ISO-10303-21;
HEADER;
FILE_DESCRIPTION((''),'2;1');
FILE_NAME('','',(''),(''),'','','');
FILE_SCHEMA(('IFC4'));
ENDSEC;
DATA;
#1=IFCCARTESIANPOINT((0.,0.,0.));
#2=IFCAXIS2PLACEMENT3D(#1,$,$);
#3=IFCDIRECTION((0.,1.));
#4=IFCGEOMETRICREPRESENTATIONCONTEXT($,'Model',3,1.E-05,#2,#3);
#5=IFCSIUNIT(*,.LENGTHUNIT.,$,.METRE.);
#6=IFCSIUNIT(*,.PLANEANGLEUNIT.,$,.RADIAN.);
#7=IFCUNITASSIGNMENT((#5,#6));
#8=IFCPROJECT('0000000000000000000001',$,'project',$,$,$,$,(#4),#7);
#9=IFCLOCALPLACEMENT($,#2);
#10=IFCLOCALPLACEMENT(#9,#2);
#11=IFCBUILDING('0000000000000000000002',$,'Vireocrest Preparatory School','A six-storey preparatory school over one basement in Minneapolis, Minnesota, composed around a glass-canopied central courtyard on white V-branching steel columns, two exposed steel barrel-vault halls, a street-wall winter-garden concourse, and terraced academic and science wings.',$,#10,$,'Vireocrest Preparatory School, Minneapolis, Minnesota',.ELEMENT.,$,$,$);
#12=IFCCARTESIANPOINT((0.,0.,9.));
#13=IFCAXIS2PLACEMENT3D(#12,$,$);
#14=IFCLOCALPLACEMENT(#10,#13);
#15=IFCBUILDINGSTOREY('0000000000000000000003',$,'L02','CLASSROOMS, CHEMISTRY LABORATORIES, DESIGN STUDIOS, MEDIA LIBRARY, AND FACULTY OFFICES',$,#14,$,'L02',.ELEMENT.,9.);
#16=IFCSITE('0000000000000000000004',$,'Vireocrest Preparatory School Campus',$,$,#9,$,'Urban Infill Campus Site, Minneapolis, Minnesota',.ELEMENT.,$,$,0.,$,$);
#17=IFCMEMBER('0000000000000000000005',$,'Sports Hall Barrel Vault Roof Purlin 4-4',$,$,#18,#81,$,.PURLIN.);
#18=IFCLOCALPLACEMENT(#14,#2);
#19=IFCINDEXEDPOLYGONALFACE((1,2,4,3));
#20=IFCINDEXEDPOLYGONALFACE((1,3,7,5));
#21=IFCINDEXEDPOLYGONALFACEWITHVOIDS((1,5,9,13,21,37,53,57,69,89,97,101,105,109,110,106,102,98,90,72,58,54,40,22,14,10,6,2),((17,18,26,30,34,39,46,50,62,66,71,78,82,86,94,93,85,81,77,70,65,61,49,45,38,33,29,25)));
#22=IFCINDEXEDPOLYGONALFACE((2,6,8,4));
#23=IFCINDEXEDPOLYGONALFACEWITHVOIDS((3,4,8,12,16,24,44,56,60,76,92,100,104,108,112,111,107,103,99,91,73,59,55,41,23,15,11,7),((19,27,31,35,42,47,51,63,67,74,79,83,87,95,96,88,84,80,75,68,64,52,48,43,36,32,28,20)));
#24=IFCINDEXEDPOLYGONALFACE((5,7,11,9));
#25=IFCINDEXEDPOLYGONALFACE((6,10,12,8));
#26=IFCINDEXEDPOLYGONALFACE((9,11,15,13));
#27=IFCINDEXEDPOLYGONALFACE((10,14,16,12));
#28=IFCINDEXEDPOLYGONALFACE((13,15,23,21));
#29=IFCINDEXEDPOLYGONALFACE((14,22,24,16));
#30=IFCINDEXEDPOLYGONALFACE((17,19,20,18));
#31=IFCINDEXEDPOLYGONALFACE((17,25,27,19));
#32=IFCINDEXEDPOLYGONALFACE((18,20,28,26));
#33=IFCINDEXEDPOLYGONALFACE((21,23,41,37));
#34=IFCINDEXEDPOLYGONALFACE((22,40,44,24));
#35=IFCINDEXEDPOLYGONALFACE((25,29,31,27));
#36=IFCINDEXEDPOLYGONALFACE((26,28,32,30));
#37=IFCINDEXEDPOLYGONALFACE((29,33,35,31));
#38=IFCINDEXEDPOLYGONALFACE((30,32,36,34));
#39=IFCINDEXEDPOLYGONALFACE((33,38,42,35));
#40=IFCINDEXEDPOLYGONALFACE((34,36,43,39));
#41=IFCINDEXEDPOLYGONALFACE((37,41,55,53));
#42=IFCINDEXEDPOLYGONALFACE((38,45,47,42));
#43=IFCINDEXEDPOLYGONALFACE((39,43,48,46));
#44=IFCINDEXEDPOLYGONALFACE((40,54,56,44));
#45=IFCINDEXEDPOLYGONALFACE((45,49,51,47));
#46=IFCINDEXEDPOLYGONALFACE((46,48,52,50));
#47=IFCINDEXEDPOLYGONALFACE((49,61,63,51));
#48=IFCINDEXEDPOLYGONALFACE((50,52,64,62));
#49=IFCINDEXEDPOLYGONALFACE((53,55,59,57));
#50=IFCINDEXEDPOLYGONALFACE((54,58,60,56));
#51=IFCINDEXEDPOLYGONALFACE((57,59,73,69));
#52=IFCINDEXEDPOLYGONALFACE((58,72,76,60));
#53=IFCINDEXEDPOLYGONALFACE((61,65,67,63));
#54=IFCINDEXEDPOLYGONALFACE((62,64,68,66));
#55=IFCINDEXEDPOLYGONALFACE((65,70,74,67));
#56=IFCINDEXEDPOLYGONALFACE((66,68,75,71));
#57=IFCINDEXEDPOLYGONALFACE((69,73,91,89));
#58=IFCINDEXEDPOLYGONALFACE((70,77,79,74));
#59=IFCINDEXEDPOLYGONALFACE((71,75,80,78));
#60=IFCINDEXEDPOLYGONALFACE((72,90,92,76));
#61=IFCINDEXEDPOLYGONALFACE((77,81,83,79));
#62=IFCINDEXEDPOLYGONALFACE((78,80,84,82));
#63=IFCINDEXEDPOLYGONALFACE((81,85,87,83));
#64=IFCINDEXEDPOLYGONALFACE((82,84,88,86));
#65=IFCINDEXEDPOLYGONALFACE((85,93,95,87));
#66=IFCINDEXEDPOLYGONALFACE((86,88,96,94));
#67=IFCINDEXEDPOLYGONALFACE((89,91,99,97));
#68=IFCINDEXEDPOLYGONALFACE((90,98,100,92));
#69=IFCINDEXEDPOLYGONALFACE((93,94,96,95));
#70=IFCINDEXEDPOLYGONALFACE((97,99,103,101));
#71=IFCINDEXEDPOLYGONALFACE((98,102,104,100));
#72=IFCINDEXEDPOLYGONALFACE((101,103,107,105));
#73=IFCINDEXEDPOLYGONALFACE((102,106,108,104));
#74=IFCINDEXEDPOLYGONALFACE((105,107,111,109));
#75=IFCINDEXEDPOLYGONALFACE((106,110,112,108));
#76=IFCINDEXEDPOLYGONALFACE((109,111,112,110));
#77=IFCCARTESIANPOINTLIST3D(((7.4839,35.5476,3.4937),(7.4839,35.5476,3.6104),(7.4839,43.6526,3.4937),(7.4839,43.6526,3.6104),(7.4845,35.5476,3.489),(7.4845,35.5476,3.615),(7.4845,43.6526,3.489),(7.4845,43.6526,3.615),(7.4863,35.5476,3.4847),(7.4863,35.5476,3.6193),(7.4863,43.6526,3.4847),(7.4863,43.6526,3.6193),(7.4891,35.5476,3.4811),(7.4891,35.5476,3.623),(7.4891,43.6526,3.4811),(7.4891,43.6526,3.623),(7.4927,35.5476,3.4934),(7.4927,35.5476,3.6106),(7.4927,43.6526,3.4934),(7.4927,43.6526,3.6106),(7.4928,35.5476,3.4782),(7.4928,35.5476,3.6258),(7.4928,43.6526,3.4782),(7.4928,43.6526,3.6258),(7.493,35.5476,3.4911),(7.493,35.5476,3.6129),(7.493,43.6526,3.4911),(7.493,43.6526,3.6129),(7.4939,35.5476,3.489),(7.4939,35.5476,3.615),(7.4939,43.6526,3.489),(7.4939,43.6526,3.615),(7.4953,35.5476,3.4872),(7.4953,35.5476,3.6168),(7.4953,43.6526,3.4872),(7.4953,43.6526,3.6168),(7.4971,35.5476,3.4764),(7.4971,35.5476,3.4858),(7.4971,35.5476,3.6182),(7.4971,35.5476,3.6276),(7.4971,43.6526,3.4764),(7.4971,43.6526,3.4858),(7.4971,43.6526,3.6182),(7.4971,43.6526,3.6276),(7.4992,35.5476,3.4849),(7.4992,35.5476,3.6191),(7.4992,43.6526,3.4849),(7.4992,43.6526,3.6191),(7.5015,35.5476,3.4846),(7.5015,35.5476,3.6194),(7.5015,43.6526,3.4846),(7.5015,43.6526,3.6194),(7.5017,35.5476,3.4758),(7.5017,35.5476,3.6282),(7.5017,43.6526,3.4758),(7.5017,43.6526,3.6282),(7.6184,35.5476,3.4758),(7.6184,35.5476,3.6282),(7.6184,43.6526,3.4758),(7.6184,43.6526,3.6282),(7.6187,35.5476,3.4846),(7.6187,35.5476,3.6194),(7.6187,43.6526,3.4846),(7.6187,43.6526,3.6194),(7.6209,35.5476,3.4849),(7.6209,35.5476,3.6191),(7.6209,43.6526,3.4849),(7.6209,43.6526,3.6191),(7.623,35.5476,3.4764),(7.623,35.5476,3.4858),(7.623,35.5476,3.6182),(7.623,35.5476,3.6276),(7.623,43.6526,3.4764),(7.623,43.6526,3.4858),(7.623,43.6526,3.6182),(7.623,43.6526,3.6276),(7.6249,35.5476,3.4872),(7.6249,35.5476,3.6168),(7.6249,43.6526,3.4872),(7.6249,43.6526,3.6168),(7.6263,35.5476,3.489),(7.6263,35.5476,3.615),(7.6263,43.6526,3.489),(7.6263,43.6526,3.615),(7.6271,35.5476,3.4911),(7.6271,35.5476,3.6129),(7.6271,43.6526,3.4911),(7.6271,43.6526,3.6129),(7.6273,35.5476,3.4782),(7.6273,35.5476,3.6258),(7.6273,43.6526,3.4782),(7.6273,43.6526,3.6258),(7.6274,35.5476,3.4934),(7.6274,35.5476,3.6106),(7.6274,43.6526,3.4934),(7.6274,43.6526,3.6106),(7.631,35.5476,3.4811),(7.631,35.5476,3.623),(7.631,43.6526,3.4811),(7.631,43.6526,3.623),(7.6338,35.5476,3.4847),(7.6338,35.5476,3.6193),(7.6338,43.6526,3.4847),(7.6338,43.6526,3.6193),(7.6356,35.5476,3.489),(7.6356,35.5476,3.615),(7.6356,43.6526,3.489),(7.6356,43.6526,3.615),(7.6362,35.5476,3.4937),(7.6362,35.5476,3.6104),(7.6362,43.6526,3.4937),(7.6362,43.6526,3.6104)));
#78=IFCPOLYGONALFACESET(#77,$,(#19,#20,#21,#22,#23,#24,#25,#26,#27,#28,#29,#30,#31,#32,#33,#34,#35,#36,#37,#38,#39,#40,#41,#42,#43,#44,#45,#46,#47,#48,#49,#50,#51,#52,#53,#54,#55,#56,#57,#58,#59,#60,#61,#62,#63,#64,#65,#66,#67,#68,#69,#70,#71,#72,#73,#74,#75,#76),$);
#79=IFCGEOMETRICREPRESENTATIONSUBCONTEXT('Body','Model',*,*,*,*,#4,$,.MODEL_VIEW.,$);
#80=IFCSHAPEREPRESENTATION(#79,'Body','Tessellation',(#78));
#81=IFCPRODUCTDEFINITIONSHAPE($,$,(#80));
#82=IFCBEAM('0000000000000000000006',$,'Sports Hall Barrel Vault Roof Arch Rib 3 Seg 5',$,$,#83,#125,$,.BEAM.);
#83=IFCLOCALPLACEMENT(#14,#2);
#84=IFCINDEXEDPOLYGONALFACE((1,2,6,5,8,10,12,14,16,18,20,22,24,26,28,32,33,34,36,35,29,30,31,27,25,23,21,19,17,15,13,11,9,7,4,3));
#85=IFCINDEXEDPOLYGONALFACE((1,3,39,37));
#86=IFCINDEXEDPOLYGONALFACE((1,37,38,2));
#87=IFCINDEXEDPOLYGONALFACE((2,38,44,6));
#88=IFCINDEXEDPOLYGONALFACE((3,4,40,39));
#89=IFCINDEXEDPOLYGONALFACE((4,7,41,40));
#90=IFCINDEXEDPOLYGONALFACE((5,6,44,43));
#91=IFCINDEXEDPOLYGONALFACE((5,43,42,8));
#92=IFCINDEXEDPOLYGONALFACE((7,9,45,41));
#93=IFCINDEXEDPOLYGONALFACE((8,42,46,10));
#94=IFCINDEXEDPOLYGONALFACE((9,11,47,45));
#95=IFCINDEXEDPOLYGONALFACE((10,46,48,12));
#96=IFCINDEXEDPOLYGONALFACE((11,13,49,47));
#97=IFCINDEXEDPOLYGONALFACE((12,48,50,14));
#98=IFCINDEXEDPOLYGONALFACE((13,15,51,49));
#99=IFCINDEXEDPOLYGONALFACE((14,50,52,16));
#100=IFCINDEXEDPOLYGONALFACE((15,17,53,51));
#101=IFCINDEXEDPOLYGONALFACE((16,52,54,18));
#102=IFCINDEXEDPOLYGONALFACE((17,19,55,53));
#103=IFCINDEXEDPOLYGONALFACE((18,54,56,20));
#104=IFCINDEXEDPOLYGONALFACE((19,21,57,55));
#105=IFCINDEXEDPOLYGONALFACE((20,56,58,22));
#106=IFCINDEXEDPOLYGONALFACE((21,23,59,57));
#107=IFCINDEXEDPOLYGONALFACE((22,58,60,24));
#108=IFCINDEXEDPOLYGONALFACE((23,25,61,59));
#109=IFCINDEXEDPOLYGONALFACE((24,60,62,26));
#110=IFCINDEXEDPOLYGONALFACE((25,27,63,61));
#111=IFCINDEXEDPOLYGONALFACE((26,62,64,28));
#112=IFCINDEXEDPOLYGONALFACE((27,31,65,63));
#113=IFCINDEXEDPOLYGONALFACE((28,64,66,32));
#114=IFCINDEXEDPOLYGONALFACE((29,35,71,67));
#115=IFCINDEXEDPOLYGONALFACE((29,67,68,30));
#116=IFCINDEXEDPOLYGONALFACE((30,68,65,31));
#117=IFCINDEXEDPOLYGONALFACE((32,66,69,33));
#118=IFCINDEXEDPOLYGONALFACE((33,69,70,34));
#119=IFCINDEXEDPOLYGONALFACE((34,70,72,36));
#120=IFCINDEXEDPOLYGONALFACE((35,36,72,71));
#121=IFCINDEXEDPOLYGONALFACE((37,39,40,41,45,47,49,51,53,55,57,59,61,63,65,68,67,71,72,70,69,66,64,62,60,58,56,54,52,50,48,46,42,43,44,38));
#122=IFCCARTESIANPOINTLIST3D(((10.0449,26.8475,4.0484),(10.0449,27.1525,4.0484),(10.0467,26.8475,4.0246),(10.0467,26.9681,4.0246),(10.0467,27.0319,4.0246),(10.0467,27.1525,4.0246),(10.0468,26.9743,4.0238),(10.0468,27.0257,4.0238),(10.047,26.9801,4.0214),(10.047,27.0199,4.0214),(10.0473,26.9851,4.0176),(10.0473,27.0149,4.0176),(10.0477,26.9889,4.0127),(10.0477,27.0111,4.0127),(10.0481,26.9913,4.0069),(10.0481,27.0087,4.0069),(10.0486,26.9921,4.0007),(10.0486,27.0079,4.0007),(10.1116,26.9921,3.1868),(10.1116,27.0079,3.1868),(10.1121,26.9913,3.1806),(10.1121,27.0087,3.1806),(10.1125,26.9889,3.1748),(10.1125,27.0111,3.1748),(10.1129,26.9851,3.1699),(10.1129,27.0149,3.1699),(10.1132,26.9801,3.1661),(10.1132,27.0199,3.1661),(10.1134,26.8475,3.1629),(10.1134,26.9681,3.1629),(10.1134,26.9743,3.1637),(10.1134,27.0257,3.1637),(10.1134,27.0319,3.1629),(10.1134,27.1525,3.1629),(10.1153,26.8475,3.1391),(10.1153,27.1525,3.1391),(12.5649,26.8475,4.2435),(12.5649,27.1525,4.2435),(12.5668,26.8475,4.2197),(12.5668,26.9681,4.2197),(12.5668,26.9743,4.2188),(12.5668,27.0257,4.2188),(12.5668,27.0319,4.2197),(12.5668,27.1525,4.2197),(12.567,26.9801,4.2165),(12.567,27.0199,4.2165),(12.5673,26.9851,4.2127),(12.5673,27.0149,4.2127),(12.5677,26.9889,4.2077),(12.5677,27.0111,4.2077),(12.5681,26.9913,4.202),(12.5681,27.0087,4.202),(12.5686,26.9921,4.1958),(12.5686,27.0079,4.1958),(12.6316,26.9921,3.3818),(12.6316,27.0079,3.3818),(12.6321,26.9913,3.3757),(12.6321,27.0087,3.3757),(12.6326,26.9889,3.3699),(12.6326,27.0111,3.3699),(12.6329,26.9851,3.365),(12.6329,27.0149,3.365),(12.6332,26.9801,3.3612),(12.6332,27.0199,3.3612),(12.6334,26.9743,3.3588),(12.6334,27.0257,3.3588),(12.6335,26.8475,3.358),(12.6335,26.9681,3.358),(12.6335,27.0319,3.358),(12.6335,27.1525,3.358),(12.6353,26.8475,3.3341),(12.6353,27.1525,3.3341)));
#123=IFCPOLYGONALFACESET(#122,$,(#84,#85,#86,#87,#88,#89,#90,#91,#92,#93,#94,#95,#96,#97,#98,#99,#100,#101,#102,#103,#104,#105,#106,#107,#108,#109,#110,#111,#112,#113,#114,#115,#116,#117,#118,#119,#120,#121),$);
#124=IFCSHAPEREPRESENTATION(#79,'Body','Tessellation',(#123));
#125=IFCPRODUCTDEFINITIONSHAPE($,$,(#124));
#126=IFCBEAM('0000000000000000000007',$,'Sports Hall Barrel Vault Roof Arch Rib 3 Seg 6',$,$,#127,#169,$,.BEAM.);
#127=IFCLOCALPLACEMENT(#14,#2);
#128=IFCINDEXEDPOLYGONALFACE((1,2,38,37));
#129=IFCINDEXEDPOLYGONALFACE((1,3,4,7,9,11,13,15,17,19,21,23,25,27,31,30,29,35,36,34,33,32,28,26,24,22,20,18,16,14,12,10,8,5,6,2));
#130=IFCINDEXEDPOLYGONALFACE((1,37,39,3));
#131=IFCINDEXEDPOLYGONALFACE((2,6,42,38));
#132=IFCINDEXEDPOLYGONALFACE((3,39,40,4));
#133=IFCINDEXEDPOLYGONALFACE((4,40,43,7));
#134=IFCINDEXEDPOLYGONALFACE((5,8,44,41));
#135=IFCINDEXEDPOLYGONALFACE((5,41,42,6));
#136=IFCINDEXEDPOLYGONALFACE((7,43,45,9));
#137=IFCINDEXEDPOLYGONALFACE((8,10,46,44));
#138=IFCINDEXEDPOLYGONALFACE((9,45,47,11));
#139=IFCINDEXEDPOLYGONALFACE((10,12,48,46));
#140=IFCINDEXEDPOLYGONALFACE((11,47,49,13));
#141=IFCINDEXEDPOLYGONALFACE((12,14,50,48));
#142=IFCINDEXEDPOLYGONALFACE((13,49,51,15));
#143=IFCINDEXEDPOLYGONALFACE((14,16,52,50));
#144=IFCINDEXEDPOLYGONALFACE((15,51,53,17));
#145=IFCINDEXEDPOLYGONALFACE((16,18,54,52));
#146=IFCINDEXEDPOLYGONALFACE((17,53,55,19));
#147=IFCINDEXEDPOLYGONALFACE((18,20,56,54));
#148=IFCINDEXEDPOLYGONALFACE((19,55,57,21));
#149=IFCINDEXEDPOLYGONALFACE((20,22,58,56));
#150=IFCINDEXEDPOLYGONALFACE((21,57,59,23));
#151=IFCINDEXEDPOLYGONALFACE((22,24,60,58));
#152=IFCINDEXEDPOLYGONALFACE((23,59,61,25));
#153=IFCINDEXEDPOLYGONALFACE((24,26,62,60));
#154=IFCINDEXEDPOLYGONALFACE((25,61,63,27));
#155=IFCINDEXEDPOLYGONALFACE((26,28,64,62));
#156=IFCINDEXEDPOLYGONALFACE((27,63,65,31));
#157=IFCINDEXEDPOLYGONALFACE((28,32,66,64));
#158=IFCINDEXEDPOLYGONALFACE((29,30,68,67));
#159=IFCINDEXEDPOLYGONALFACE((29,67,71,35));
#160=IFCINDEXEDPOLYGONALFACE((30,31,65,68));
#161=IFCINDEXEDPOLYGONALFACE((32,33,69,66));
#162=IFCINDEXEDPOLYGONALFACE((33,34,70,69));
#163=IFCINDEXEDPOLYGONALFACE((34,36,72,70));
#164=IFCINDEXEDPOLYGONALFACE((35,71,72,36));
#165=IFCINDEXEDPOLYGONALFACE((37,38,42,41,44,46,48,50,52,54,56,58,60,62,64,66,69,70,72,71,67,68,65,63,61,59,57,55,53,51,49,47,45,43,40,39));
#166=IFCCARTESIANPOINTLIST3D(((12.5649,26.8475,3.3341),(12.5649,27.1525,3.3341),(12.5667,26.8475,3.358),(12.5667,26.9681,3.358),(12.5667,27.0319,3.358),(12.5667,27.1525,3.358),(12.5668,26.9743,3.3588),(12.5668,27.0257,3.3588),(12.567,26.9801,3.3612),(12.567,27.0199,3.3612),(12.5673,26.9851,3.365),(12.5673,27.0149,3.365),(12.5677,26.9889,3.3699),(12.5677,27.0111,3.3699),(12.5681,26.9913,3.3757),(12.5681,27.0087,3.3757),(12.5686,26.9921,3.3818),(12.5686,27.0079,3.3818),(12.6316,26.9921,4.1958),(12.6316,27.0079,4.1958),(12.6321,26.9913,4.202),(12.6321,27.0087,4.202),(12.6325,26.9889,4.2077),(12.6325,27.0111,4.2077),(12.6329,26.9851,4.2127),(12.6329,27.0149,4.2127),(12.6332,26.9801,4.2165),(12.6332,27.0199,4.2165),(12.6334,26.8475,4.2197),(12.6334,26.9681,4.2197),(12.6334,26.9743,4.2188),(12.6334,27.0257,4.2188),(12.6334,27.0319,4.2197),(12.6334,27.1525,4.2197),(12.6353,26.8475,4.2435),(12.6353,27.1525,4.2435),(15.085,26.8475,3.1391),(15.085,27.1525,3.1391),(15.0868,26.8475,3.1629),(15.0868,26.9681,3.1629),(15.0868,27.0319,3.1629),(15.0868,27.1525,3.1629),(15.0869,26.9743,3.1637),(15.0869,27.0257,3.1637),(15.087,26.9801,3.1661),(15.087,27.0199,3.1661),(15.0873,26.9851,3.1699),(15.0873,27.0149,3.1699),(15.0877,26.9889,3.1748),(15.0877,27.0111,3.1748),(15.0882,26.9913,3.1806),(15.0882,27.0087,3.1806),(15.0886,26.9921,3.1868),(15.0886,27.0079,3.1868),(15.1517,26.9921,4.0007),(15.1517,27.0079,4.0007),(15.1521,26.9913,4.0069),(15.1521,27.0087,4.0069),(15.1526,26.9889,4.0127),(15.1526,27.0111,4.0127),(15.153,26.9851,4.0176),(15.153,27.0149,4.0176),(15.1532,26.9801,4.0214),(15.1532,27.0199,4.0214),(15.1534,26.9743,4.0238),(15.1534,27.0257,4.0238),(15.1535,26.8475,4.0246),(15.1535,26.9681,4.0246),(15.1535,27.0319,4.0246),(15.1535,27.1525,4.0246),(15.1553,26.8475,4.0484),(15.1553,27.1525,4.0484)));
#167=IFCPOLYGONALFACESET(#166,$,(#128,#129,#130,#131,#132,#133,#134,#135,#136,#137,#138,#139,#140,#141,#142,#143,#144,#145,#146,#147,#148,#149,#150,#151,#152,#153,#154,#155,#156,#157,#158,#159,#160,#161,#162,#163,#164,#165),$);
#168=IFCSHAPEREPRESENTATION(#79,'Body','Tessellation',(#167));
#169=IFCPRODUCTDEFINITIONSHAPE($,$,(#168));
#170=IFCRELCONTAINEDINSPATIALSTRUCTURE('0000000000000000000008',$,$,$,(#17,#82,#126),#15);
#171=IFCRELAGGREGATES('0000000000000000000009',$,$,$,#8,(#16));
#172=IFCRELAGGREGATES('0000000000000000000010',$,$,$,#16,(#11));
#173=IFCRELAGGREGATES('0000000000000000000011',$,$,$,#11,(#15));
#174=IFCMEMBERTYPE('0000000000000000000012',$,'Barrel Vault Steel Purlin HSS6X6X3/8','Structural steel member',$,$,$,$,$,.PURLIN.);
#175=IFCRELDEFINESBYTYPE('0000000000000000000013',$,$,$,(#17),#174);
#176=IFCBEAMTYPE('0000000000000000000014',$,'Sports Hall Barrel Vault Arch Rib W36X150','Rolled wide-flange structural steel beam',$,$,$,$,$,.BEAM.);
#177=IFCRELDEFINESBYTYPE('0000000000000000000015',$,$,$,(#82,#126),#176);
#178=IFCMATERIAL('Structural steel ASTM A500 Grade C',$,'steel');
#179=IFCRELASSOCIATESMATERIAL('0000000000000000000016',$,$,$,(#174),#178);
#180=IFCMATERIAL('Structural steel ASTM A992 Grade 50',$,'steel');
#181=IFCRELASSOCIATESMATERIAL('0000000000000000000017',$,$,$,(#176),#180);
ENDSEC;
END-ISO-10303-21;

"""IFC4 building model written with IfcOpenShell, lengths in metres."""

from ifc_helpers import new_model, si_unit, direction, frame, origin, origin_2d, place, context, subcontext, project, spatial, hollow_rectangle, i_section, extrude, material, material_profile, profile_set, type_object, element, save


model = new_model("IFC4")

# Units and contexts
model_context = context("Model", 3, precision=1e-05, world=origin(), true_north=direction((0.0, 1.0)))
body_context = subcontext(model_context, "Body", "Model", "MODEL_VIEW")
ifc_project = project(units=[si_unit("LENGTHUNIT", "METRE"), si_unit("PLANEANGLEUNIT", "RADIAN")], contexts=[model_context])

# Site, building, storey
site_placement = place(None, origin())
site = spatial("IfcSite", under=ifc_project, at=site_placement, Name="Vireocrest Preparatory School Campus", LongName="Urban Infill Campus Site, Minneapolis, Minnesota", CompositionType="ELEMENT", RefElevation=0.0)
building_placement = place(site_placement, origin())
building = spatial("IfcBuilding", under=site, at=building_placement, Name="Vireocrest Preparatory School", Description="A six-storey preparatory school over one basement in Minneapolis, Minnesota, composed around a glass-canopied central courtyard on white V-branching steel columns, two exposed steel barrel-vault halls, a street-wall winter-garden concourse, and terraced academic and science wings.", LongName="Vireocrest Preparatory School, Minneapolis, Minnesota", CompositionType="ELEMENT")
storey_placement = place(building_placement, frame((0.0, 0.0, 9.0)))
storey = spatial("IfcBuildingStorey", under=building, at=storey_placement, Name="L02", Description="CLASSROOMS, CHEMISTRY LABORATORIES, DESIGN STUDIOS, MEDIA LIBRARY, AND FACULTY OFFICES", LongName="L02", CompositionType="ELEMENT", Elevation=9.0)

# Member
ifc_material_1 = material(Name="Structural steel ASTM A500 Grade C", Category="steel")
ifc_material_profile_1 = material_profile(ifc_material_1, hollow_rectangle(XDim=0.1523, YDim=0.1523, WallThickness=0.0088, InnerFilletRadius=0.0088, OuterFilletRadius=0.0178, at=origin_2d()), Name="HSS6X6X3/8")
ifc_profile_set_1 = profile_set([ifc_material_profile_1], Name="Structural steel ASTM A500 Grade C")
member_type = type_object("IfcMemberType", Name="Barrel Vault Steel Purlin HSS6X6X3/8", Description="Structural steel member", PredefinedType="PURLIN", material=ifc_profile_set_1)
for number, where, z_axis, x_axis, name in (
    (1, (7.5601, 35.5476, 3.552), (0.0, 1.0, 0.0), (-1.0, 0.0, 0.0), "Sports Hall Barrel Vault Roof Purlin 4-4"),
):
    element("IfcMember", number, at=place(storey_placement, frame(where, z_axis=z_axis, x_axis=x_axis)), inside=storey, type_object=member_type, Name=name, PredefinedType="PURLIN", context=body_context, shape_type="SweptSolid", body=[
        extrude(hollow_rectangle(XDim=0.1523, YDim=0.1523, WallThickness=0.0088, InnerFilletRadius=0.0088, OuterFilletRadius=0.0178, at=origin_2d()), origin(), (0.0, 0.0, 1.0), 8.105),
    ])

# Beams
ifc_material_2 = material(Name="Structural steel ASTM A992 Grade 50", Category="steel")
ifc_material_profile_2 = material_profile(ifc_material_2, i_section(OverallWidth=0.3049, OverallDepth=0.9121, WebThickness=0.0159, FlangeThickness=0.0239, FilletRadius=0.0239, at=origin_2d()), Name="W36X150")
ifc_profile_set_2 = profile_set([ifc_material_profile_2], Name="Structural steel ASTM A992 Grade 50")
beam_type = type_object("IfcBeamType", Name="Sports Hall Barrel Vault Arch Rib W36X150", Description="Rolled wide-flange structural steel beam", PredefinedType="BEAM", material=ifc_profile_set_2)
for number, where, z_axis, x_axis, name in (
    (2, (10.0801, 27.0, 3.5938), (0.997017, 0.0, 0.077177), (0.0, 1.0, 0.0), "Sports Hall Barrel Vault Roof Arch Rib 3 Seg 5"),
    (3, (12.6001, 27.0, 3.7888), (0.997017, 0.0, -0.077177), (0.0, 1.0, 0.0), "Sports Hall Barrel Vault Roof Arch Rib 3 Seg 6"),
):
    element("IfcBeam", number, at=place(storey_placement, frame(where, z_axis=z_axis, x_axis=x_axis)), inside=storey, type_object=beam_type, Name=name, PredefinedType="BEAM", context=body_context, shape_type="SweptSolid", body=[
        extrude(i_section(OverallWidth=0.3049, OverallDepth=0.9121, WebThickness=0.0159, FlangeThickness=0.0239, FilletRadius=0.0239, at=origin_2d()), origin(), (0.0, 0.0, 1.0), 2.5276),
    ])

save(model, "model.ifc")
